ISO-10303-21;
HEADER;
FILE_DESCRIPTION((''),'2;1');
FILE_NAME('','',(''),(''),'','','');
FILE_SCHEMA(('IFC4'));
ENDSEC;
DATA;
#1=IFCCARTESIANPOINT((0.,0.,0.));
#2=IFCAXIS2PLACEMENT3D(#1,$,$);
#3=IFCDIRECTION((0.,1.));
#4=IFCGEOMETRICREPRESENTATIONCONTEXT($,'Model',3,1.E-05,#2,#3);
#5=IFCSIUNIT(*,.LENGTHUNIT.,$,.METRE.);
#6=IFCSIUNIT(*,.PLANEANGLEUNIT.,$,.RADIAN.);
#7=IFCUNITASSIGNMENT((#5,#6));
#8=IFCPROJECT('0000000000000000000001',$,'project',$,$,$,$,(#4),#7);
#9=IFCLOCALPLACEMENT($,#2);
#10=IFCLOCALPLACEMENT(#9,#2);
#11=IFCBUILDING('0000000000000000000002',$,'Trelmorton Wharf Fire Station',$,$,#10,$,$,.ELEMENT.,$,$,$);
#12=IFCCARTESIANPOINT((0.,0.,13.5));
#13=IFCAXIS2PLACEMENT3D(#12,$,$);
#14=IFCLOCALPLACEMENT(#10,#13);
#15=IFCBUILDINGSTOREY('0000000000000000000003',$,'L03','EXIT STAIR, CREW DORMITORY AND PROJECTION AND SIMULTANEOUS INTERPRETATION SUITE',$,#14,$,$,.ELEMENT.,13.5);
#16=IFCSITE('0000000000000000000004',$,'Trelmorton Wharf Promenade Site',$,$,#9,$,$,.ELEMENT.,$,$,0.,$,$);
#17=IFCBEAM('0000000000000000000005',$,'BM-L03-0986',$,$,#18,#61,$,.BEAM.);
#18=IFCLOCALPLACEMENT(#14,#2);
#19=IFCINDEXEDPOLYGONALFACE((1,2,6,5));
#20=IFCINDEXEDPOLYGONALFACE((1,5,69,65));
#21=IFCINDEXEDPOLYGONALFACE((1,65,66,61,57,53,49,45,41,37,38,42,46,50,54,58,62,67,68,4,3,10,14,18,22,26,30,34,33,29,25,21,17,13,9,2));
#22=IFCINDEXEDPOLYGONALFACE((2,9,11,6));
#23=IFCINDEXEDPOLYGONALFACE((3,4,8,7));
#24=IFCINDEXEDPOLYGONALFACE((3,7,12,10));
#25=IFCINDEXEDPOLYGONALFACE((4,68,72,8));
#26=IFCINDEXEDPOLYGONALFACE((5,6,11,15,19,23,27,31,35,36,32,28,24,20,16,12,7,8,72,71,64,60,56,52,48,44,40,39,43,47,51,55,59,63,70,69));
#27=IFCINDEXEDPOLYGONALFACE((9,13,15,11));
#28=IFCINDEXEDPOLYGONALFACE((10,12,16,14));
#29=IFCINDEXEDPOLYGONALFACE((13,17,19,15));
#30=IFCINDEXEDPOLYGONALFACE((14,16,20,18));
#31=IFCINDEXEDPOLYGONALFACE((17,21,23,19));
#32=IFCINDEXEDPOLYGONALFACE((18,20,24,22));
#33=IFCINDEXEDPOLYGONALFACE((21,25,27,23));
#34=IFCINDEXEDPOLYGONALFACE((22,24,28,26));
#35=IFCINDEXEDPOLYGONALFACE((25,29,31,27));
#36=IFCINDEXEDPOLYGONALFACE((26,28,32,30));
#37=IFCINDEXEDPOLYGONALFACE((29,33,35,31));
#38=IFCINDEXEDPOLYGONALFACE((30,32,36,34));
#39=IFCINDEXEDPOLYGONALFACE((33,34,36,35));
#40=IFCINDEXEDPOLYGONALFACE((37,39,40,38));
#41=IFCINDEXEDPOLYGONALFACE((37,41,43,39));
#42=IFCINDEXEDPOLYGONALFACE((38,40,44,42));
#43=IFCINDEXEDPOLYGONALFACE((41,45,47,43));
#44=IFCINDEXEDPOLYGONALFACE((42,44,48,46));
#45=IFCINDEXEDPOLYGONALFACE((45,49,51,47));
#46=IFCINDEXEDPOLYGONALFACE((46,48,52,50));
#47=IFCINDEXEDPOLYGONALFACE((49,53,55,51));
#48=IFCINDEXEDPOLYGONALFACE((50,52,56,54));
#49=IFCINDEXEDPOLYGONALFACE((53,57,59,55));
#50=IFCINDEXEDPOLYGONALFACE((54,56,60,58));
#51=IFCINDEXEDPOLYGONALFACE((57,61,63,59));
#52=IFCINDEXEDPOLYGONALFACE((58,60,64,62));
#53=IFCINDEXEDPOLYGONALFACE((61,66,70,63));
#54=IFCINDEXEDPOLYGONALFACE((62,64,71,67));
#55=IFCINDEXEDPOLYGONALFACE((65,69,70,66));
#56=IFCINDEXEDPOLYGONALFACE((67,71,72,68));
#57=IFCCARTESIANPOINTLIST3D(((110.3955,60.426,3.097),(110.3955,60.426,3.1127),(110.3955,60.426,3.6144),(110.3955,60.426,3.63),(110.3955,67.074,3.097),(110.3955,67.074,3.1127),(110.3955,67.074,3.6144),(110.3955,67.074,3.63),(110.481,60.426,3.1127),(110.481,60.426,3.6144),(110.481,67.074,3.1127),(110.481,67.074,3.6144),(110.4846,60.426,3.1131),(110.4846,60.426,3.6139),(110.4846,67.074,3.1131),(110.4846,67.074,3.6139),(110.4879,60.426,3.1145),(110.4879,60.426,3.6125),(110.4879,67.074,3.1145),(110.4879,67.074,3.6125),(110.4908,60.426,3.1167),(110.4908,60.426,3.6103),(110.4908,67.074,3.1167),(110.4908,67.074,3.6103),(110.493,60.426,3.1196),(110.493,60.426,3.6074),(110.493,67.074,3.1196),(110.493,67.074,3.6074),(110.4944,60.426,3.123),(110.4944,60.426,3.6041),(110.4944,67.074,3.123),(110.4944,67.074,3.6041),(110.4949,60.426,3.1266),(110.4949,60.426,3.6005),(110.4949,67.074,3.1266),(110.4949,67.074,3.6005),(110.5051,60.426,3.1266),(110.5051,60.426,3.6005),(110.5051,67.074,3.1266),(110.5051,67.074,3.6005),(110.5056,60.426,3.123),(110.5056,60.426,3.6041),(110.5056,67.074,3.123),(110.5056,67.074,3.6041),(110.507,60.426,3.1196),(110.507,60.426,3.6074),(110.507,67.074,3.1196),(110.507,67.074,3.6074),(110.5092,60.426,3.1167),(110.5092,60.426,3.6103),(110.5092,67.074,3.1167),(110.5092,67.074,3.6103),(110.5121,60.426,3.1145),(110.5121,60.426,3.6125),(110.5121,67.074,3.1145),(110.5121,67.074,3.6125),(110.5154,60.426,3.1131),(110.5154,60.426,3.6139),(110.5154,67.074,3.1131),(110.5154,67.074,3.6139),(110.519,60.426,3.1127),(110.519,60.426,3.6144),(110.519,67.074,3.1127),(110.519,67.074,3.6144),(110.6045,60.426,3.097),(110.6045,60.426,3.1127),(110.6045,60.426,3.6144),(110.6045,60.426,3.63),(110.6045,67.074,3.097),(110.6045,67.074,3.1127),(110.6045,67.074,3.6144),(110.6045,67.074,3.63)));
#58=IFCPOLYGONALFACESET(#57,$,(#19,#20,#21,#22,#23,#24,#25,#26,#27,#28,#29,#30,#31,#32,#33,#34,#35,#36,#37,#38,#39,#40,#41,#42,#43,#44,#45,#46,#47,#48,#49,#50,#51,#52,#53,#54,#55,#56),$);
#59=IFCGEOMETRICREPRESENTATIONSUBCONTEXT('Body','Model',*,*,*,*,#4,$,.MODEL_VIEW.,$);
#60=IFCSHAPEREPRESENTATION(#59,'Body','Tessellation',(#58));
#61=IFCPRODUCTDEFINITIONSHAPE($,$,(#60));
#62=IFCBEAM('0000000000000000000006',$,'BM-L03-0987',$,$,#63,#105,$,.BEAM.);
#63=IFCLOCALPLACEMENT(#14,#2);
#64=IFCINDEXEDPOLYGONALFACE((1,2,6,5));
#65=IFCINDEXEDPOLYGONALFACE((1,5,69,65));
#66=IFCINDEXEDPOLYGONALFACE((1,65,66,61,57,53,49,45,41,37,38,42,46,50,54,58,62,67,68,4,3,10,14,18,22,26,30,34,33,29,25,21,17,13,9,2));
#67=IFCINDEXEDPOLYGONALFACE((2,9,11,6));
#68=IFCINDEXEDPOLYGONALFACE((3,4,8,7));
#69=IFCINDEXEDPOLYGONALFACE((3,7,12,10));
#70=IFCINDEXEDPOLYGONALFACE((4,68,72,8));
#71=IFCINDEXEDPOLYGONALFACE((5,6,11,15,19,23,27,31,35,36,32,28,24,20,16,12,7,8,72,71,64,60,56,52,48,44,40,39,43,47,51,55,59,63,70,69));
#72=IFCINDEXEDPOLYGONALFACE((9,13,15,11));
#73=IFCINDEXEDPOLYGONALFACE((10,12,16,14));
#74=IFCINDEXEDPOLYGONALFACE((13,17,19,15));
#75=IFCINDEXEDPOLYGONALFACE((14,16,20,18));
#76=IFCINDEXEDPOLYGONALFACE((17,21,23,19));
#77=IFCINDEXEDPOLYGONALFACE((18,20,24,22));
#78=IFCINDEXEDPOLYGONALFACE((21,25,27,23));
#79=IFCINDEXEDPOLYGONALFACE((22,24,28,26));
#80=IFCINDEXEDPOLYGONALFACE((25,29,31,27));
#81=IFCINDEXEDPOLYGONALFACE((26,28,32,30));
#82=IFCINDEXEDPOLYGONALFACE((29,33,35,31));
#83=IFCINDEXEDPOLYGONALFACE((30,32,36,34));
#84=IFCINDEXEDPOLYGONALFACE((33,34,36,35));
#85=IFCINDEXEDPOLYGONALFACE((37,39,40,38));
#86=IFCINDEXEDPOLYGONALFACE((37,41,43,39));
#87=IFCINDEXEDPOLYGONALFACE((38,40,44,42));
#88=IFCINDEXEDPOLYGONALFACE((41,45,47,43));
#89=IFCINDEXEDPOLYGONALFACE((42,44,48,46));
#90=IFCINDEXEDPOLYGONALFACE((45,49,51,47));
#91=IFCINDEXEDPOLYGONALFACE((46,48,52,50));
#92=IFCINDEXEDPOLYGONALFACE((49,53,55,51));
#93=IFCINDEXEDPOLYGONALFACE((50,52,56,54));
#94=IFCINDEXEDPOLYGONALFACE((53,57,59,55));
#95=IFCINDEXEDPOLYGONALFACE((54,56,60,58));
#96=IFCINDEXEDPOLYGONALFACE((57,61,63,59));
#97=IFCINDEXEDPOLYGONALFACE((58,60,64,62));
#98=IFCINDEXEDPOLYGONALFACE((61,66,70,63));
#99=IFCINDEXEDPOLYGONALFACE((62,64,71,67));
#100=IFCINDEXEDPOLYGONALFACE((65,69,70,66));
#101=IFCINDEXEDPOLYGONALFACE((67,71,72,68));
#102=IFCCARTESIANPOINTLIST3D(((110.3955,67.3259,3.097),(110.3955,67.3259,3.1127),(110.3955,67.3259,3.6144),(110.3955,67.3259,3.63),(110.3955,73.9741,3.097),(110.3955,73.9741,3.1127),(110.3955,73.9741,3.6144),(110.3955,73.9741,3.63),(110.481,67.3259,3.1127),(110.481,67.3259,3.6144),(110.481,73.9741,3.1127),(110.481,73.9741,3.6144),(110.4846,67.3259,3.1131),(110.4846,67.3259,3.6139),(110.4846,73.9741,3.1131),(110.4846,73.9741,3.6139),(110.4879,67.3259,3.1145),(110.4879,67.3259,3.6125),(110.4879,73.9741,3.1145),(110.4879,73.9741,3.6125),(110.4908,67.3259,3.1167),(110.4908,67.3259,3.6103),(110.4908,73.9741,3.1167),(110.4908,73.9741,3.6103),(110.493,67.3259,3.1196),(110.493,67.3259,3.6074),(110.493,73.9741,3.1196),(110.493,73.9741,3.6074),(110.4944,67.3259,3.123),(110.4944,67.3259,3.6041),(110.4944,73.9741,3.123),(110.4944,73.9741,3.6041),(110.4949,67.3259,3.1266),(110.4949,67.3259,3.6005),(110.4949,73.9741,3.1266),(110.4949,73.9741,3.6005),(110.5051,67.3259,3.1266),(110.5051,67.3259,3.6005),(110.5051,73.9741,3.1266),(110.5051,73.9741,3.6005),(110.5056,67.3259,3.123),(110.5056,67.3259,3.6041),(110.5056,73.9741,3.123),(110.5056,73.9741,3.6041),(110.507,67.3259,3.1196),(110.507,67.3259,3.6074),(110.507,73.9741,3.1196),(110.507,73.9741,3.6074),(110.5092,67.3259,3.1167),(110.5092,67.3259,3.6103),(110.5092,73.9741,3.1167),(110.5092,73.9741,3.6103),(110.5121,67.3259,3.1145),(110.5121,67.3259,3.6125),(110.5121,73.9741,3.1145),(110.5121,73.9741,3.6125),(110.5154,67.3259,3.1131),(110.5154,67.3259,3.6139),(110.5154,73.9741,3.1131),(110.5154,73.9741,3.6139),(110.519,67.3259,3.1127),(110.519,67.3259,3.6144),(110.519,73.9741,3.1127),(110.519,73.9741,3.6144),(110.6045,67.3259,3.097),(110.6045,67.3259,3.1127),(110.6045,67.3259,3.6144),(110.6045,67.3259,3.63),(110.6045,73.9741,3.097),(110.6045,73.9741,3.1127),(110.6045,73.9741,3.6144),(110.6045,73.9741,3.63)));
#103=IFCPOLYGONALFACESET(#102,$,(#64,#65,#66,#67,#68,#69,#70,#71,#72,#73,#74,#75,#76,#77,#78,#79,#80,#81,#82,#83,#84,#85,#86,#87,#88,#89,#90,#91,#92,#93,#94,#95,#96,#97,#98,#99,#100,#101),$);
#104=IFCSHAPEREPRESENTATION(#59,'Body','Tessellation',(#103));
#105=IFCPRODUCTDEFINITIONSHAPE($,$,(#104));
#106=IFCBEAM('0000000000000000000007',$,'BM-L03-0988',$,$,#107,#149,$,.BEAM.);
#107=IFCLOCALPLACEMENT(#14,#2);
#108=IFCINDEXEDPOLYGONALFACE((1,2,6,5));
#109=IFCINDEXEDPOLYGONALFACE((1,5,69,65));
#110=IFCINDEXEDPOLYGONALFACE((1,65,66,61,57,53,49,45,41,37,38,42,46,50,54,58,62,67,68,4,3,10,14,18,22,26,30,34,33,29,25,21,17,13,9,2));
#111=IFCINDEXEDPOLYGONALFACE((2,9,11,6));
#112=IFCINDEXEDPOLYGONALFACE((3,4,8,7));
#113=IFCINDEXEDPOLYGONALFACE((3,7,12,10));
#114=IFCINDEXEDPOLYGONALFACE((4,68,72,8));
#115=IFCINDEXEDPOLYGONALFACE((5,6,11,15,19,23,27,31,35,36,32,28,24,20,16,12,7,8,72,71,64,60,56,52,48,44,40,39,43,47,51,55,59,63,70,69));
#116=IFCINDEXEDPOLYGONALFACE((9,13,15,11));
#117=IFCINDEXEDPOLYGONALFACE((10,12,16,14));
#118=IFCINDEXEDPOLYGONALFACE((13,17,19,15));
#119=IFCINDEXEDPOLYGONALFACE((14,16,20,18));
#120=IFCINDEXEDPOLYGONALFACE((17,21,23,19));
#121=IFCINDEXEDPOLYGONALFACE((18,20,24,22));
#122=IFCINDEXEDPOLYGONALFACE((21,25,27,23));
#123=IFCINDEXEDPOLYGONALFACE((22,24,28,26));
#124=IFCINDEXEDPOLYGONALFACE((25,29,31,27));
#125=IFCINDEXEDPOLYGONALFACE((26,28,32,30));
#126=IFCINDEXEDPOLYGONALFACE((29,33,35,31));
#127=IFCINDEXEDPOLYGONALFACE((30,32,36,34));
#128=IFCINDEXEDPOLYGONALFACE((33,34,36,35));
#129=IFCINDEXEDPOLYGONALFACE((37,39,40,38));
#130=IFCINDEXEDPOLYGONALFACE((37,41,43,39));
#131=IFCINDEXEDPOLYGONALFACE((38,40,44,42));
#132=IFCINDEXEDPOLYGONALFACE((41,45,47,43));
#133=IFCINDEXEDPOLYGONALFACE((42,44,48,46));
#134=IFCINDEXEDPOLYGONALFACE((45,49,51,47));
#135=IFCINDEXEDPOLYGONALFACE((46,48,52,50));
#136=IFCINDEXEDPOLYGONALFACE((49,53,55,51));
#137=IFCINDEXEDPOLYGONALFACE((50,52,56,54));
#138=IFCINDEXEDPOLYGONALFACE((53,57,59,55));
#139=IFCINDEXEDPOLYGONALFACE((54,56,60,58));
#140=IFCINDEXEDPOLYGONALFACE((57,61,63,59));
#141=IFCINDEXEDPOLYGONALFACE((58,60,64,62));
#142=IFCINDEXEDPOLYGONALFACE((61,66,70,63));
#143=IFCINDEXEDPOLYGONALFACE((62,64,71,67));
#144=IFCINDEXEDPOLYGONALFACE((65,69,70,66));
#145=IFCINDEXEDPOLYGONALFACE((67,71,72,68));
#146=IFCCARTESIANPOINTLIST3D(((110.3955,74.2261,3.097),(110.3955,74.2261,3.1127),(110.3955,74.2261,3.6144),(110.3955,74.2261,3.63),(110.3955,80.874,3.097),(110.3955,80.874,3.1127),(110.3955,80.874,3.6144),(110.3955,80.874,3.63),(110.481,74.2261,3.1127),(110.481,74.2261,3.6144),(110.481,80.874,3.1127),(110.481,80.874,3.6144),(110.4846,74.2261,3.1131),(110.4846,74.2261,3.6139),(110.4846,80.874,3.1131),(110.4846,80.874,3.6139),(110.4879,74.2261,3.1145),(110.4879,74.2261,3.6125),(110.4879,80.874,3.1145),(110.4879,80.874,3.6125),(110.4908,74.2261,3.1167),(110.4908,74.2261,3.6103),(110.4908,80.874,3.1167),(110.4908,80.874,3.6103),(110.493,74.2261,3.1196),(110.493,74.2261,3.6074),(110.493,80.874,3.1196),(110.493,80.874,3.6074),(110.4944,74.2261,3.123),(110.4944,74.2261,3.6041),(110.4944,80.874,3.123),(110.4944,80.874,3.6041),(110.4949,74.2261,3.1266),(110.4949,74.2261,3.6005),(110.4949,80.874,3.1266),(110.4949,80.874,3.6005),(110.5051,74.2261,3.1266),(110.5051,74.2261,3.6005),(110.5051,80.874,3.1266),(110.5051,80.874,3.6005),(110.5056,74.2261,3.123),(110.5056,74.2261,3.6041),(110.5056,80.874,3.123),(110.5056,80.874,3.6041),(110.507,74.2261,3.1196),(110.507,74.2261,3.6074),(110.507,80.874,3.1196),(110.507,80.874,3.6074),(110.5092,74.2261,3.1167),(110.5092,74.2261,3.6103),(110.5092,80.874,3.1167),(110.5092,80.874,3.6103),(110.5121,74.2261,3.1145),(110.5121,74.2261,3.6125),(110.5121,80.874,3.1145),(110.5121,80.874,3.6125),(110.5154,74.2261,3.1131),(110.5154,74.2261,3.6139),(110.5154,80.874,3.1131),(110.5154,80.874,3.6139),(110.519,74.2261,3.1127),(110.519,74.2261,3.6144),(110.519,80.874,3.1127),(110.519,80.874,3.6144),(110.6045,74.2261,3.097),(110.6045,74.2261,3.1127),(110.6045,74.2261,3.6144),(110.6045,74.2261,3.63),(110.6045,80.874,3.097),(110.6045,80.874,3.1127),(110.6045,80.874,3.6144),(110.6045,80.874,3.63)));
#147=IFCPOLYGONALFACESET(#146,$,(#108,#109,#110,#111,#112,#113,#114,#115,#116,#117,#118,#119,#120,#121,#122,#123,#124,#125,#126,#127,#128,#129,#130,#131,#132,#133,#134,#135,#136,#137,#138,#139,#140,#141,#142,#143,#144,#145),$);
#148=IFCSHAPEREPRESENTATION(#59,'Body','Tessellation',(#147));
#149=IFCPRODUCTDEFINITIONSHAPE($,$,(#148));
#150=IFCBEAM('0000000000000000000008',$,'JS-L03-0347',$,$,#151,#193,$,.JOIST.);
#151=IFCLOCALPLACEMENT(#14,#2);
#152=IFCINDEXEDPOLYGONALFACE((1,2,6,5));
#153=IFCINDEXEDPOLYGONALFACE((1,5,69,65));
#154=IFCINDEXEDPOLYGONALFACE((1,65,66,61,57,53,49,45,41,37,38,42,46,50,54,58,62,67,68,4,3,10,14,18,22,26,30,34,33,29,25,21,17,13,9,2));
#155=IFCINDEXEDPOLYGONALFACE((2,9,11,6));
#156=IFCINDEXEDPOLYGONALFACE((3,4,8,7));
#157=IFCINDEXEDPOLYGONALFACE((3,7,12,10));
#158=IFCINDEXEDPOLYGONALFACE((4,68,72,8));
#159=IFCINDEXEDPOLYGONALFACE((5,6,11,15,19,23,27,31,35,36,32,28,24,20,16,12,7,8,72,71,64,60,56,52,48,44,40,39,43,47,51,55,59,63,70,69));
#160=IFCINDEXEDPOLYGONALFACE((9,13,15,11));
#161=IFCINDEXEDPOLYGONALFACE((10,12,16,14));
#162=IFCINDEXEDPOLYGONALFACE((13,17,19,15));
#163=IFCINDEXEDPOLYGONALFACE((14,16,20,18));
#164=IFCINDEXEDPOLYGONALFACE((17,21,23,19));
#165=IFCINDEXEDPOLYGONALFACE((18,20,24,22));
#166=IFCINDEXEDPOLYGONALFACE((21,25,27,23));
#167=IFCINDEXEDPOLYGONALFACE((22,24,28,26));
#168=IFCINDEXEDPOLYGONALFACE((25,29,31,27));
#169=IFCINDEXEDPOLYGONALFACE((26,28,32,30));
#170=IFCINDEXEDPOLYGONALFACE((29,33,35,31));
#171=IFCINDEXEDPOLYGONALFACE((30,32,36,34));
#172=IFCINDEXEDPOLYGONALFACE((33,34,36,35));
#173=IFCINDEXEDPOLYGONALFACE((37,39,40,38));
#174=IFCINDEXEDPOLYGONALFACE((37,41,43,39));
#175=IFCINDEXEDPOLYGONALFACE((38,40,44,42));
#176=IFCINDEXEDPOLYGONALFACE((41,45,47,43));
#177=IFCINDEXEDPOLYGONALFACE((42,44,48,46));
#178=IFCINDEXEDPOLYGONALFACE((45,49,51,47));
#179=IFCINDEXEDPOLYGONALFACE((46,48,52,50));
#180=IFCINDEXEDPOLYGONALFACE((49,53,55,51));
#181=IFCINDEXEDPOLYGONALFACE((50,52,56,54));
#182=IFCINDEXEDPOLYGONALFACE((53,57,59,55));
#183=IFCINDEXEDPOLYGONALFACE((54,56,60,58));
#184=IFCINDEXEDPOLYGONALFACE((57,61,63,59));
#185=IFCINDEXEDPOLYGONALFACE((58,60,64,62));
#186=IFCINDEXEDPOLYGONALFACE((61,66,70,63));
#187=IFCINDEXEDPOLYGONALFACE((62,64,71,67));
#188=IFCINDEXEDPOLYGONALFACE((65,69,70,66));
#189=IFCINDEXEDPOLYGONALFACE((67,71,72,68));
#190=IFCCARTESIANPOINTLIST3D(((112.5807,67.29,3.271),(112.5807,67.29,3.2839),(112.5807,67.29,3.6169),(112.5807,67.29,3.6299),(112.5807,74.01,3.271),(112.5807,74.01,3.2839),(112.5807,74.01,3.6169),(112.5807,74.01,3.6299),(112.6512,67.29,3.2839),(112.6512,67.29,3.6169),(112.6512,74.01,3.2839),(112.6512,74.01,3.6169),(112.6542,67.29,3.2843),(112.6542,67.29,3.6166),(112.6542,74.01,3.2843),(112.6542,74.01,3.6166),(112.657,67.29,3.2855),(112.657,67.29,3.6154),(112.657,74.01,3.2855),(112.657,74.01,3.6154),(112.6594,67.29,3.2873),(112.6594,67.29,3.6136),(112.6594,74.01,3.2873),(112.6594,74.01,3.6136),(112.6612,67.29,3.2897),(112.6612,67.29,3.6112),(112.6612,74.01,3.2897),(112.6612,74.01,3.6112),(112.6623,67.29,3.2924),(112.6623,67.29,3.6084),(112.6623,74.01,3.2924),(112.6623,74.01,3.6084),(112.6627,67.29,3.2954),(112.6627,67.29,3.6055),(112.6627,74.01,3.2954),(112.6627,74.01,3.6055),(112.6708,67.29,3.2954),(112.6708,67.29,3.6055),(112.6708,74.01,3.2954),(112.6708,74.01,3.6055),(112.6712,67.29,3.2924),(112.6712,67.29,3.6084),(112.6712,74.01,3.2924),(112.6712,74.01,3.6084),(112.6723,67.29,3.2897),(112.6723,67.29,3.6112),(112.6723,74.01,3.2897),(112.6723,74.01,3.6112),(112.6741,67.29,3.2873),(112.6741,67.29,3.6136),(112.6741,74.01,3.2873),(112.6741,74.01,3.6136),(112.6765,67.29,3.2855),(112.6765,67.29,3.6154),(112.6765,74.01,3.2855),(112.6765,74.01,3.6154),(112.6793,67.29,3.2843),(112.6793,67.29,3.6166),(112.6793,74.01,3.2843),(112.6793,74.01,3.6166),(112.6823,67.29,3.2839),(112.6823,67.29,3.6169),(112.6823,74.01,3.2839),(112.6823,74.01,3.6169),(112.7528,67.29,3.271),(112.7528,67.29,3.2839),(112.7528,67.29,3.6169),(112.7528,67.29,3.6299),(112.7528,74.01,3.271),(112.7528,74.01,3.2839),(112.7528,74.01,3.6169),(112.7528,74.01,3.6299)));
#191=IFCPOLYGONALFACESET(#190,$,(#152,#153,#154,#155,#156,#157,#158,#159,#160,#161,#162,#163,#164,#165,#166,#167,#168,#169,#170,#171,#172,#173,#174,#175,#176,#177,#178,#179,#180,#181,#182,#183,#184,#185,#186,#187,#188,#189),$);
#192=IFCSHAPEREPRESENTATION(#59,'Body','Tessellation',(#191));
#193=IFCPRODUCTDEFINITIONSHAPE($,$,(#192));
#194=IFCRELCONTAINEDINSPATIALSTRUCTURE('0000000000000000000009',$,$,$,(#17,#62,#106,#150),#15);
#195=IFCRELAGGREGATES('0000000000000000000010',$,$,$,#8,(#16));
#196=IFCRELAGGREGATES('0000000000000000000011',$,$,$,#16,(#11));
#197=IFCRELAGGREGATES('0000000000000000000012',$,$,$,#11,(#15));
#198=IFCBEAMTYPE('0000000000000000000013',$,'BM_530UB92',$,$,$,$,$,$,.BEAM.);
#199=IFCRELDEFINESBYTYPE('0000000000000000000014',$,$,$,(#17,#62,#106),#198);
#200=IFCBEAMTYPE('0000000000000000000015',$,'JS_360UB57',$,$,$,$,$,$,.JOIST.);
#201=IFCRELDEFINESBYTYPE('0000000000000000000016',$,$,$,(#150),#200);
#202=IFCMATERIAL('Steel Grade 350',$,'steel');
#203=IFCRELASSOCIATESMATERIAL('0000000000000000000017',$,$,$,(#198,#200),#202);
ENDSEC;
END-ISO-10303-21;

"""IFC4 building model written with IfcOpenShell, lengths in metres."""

from ifc_helpers import new_model, si_unit, direction, frame, origin, origin_2d, place, context, subcontext, project, spatial, i_section, extrude, material, material_profile, profile_set, type_object, element, save


model = new_model("IFC4")

# Units and contexts
model_context = context("Model", 3, precision=1e-05, world=origin(), true_north=direction((0.0, 1.0)))
body_context = subcontext(model_context, "Body", "Model", "MODEL_VIEW")
ifc_project = project(units=[si_unit("LENGTHUNIT", "METRE"), si_unit("PLANEANGLEUNIT", "RADIAN")], contexts=[model_context])

# Site, building, storey
site_placement = place(None, origin())
site = spatial("IfcSite", under=ifc_project, at=site_placement, Name="Trelmorton Wharf Promenade Site", CompositionType="ELEMENT", RefElevation=0.0)
building_placement = place(site_placement, origin())
building = spatial("IfcBuilding", under=site, at=building_placement, Name="Trelmorton Wharf Fire Station", CompositionType="ELEMENT")
storey_placement = place(building_placement, frame((0.0, 0.0, 13.5)))
storey = spatial("IfcBuildingStorey", under=building, at=storey_placement, Name="L03", Description="EXIT STAIR, CREW DORMITORY AND PROJECTION AND SIMULTANEOUS INTERPRETATION SUITE", CompositionType="ELEMENT", Elevation=13.5)

# Shared definitions
ifc_material_1 = material(Name="Steel Grade 350", Category="steel")

# Beams
ifc_material_profile_1 = material_profile(ifc_material_1, i_section(OverallWidth=0.209, OverallDepth=0.533, WebThickness=0.0103, FlangeThickness=0.0156, FilletRadius=0.0139, at=origin_2d()), Name="530UB92.4")
ifc_profile_set_1 = profile_set([ifc_material_profile_1], Name="Steel Grade 350")
beam_type_1 = type_object("IfcBeamType", Name="BM_530UB92", PredefinedType="BEAM", material=ifc_profile_set_1)
beam_1_placement = place(storey_placement, frame((110.5, 60.426, 3.3635), z_axis=(0.0, 1.0, 0.0), x_axis=(-1.0, 0.0, 0.0)))
element("IfcBeam", 1, at=beam_1_placement, inside=storey, type_object=beam_type_1, Name="BM-L03-0986", PredefinedType="BEAM", context=body_context, shape_type="SweptSolid", body=[
    extrude(i_section(OverallWidth=0.209, OverallDepth=0.533, WebThickness=0.0103, FlangeThickness=0.0156, FilletRadius=0.0139, at=origin_2d()), origin(), (0.0, 0.0, 1.0), 6.6479),
])
beam_2_placement = place(storey_placement, frame((110.5, 67.3259, 3.3635), z_axis=(0.0, 1.0, 0.0), x_axis=(-1.0, 0.0, 0.0)))
element("IfcBeam", 2, at=beam_2_placement, inside=storey, type_object=beam_type_1, Name="BM-L03-0987", PredefinedType="BEAM", context=body_context, shape_type="SweptSolid", body=[
    extrude(i_section(OverallWidth=0.209, OverallDepth=0.533, WebThickness=0.0103, FlangeThickness=0.0156, FilletRadius=0.0139, at=origin_2d()), origin(), (0.0, 0.0, 1.0), 6.6482),
])
beam_3_placement = place(storey_placement, frame((110.5, 74.2261, 3.3635), z_axis=(0.0, 1.0, 0.0), x_axis=(-1.0, 0.0, 0.0)))
element("IfcBeam", 3, at=beam_3_placement, inside=storey, type_object=beam_type_1, Name="BM-L03-0988", PredefinedType="BEAM", context=body_context, shape_type="SweptSolid", body=[
    extrude(i_section(OverallWidth=0.209, OverallDepth=0.533, WebThickness=0.0103, FlangeThickness=0.0156, FilletRadius=0.0139, at=origin_2d()), origin(), (0.0, 0.0, 1.0), 6.6479),
])
ifc_material_profile_2 = material_profile(ifc_material_1, i_section(OverallWidth=0.1721, OverallDepth=0.3589, WebThickness=0.0081, FlangeThickness=0.0129, FilletRadius=0.0115, at=origin_2d()), Name="360UB56.7")
ifc_profile_set_2 = profile_set([ifc_material_profile_2], Name="Steel Grade 350")
beam_type_2 = type_object("IfcBeamType", Name="JS_360UB57", PredefinedType="JOIST", material=ifc_profile_set_2)
for number, where, z_axis, x_axis, name in (
    (4, (112.6667, 67.29, 3.4504), (0.0, 1.0, 0.0), (-1.0, 0.0, 0.0), "JS-L03-0347"),
):
    element("IfcBeam", number, at=place(storey_placement, frame(where, z_axis=z_axis, x_axis=x_axis)), inside=storey, type_object=beam_type_2, Name=name, PredefinedType="JOIST", context=body_context, shape_type="SweptSolid", body=[
        extrude(i_section(OverallWidth=0.1721, OverallDepth=0.3589, WebThickness=0.0081, FlangeThickness=0.0129, FilletRadius=0.0115, at=origin_2d()), origin(), (0.0, 0.0, 1.0), 6.72),
    ])

save(model, "model.ifc")
